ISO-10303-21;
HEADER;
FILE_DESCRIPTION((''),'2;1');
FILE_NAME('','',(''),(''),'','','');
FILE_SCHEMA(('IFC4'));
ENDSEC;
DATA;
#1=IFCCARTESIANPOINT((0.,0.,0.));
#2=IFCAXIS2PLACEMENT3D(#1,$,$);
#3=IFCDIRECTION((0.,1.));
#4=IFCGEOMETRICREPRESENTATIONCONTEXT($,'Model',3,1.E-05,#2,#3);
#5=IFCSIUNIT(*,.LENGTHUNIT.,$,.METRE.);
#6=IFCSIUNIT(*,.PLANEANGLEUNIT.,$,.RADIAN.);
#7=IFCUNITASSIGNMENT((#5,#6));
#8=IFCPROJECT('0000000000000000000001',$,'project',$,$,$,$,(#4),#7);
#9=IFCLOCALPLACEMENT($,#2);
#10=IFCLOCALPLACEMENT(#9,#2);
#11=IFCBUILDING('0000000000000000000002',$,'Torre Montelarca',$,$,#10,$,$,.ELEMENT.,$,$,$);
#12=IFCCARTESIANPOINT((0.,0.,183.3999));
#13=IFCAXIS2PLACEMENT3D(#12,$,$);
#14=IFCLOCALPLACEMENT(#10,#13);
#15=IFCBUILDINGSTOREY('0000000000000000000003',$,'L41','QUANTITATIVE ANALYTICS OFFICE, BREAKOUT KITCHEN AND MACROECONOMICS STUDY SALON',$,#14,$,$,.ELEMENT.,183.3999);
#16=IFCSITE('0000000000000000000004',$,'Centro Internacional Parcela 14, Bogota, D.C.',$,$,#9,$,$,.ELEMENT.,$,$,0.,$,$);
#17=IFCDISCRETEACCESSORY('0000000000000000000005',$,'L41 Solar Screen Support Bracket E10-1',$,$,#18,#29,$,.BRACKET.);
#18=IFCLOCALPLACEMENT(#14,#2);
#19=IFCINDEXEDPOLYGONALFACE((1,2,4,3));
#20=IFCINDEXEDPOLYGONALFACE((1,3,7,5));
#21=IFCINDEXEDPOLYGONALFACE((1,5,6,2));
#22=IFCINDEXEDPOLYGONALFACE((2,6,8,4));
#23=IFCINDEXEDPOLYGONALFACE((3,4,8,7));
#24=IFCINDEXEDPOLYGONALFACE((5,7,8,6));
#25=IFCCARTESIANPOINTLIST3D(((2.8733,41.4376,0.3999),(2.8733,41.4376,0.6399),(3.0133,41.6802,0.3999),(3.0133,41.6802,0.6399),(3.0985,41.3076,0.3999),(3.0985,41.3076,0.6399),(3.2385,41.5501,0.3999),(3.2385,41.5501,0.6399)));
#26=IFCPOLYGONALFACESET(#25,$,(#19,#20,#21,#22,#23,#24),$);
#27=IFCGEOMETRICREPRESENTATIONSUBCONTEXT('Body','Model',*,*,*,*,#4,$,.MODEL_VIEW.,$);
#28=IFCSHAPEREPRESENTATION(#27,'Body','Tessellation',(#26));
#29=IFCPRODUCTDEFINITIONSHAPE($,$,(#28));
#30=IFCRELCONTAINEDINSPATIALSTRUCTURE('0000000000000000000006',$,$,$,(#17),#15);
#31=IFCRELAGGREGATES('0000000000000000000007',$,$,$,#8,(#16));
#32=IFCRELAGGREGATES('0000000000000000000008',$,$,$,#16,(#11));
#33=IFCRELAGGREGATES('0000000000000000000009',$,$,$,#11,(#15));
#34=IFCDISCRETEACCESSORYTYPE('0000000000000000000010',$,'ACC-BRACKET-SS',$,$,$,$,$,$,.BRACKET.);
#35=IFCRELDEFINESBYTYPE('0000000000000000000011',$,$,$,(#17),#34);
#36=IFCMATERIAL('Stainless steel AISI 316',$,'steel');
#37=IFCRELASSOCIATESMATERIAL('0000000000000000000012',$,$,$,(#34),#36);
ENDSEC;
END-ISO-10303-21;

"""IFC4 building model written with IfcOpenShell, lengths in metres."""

from ifc_helpers import new_model, si_unit, direction, frame, origin, origin_2d, place, context, subcontext, project, spatial, rectangle, extrude, source, transform, mapped, material, type_object, element, save


model = new_model("IFC4")

# Units and contexts
model_context = context("Model", 3, precision=1e-05, world=origin(), true_north=direction((0.0, 1.0)))
body_context = subcontext(model_context, "Body", "Model", "MODEL_VIEW")
ifc_project = project(units=[si_unit("LENGTHUNIT", "METRE"), si_unit("PLANEANGLEUNIT", "RADIAN")], contexts=[model_context])

# Site, building, storey
site_placement = place(None, origin())
site = spatial("IfcSite", under=ifc_project, at=site_placement, Name="Centro Internacional Parcela 14, Bogota, D.C.", CompositionType="ELEMENT", RefElevation=0.0)
building_placement = place(site_placement, origin())
building = spatial("IfcBuilding", under=site, at=building_placement, Name="Torre Montelarca", CompositionType="ELEMENT")
storey_placement = place(building_placement, frame((0.0, 0.0, 183.3999)))
storey = spatial("IfcBuildingStorey", under=building, at=storey_placement, Name="L41", Description="QUANTITATIVE ANALYTICS OFFICE, BREAKOUT KITCHEN AND MACROECONOMICS STUDY SALON", CompositionType="ELEMENT", Elevation=183.3999)

# Discrete accessory
ifc_material_1 = material(Name="Stainless steel AISI 316", Category="steel")
discrete_accessory_type = type_object("IfcDiscreteAccessoryType", Name="ACC-BRACKET-SS", PredefinedType="BRACKET", material=ifc_material_1)
shared_shape_1 = source(origin(), body_context, "Body", "SweptSolid", [
    extrude(rectangle(XDim=0.28, YDim=0.26, at=origin_2d()), origin(), (0.0, 0.0, 1.0), 0.24),
])
discrete_accessory_placement = place(storey_placement, frame((3.0559, 41.4939, 0.3999), z_axis=(0.0, 0.0, 1.0), x_axis=(-0.500002, -0.866025, 0.0)))
element("IfcDiscreteAccessory", 1, at=discrete_accessory_placement, inside=storey, type_object=discrete_accessory_type, Name="L41 Solar Screen Support Bracket E10-1", PredefinedType="BRACKET", context=body_context, shape_type="MappedRepresentation", body=[
    mapped(shared_shape_1, transform((0.0, 0.0, 0.0), scale=1.0)),
])

save(model, "model.ifc")
